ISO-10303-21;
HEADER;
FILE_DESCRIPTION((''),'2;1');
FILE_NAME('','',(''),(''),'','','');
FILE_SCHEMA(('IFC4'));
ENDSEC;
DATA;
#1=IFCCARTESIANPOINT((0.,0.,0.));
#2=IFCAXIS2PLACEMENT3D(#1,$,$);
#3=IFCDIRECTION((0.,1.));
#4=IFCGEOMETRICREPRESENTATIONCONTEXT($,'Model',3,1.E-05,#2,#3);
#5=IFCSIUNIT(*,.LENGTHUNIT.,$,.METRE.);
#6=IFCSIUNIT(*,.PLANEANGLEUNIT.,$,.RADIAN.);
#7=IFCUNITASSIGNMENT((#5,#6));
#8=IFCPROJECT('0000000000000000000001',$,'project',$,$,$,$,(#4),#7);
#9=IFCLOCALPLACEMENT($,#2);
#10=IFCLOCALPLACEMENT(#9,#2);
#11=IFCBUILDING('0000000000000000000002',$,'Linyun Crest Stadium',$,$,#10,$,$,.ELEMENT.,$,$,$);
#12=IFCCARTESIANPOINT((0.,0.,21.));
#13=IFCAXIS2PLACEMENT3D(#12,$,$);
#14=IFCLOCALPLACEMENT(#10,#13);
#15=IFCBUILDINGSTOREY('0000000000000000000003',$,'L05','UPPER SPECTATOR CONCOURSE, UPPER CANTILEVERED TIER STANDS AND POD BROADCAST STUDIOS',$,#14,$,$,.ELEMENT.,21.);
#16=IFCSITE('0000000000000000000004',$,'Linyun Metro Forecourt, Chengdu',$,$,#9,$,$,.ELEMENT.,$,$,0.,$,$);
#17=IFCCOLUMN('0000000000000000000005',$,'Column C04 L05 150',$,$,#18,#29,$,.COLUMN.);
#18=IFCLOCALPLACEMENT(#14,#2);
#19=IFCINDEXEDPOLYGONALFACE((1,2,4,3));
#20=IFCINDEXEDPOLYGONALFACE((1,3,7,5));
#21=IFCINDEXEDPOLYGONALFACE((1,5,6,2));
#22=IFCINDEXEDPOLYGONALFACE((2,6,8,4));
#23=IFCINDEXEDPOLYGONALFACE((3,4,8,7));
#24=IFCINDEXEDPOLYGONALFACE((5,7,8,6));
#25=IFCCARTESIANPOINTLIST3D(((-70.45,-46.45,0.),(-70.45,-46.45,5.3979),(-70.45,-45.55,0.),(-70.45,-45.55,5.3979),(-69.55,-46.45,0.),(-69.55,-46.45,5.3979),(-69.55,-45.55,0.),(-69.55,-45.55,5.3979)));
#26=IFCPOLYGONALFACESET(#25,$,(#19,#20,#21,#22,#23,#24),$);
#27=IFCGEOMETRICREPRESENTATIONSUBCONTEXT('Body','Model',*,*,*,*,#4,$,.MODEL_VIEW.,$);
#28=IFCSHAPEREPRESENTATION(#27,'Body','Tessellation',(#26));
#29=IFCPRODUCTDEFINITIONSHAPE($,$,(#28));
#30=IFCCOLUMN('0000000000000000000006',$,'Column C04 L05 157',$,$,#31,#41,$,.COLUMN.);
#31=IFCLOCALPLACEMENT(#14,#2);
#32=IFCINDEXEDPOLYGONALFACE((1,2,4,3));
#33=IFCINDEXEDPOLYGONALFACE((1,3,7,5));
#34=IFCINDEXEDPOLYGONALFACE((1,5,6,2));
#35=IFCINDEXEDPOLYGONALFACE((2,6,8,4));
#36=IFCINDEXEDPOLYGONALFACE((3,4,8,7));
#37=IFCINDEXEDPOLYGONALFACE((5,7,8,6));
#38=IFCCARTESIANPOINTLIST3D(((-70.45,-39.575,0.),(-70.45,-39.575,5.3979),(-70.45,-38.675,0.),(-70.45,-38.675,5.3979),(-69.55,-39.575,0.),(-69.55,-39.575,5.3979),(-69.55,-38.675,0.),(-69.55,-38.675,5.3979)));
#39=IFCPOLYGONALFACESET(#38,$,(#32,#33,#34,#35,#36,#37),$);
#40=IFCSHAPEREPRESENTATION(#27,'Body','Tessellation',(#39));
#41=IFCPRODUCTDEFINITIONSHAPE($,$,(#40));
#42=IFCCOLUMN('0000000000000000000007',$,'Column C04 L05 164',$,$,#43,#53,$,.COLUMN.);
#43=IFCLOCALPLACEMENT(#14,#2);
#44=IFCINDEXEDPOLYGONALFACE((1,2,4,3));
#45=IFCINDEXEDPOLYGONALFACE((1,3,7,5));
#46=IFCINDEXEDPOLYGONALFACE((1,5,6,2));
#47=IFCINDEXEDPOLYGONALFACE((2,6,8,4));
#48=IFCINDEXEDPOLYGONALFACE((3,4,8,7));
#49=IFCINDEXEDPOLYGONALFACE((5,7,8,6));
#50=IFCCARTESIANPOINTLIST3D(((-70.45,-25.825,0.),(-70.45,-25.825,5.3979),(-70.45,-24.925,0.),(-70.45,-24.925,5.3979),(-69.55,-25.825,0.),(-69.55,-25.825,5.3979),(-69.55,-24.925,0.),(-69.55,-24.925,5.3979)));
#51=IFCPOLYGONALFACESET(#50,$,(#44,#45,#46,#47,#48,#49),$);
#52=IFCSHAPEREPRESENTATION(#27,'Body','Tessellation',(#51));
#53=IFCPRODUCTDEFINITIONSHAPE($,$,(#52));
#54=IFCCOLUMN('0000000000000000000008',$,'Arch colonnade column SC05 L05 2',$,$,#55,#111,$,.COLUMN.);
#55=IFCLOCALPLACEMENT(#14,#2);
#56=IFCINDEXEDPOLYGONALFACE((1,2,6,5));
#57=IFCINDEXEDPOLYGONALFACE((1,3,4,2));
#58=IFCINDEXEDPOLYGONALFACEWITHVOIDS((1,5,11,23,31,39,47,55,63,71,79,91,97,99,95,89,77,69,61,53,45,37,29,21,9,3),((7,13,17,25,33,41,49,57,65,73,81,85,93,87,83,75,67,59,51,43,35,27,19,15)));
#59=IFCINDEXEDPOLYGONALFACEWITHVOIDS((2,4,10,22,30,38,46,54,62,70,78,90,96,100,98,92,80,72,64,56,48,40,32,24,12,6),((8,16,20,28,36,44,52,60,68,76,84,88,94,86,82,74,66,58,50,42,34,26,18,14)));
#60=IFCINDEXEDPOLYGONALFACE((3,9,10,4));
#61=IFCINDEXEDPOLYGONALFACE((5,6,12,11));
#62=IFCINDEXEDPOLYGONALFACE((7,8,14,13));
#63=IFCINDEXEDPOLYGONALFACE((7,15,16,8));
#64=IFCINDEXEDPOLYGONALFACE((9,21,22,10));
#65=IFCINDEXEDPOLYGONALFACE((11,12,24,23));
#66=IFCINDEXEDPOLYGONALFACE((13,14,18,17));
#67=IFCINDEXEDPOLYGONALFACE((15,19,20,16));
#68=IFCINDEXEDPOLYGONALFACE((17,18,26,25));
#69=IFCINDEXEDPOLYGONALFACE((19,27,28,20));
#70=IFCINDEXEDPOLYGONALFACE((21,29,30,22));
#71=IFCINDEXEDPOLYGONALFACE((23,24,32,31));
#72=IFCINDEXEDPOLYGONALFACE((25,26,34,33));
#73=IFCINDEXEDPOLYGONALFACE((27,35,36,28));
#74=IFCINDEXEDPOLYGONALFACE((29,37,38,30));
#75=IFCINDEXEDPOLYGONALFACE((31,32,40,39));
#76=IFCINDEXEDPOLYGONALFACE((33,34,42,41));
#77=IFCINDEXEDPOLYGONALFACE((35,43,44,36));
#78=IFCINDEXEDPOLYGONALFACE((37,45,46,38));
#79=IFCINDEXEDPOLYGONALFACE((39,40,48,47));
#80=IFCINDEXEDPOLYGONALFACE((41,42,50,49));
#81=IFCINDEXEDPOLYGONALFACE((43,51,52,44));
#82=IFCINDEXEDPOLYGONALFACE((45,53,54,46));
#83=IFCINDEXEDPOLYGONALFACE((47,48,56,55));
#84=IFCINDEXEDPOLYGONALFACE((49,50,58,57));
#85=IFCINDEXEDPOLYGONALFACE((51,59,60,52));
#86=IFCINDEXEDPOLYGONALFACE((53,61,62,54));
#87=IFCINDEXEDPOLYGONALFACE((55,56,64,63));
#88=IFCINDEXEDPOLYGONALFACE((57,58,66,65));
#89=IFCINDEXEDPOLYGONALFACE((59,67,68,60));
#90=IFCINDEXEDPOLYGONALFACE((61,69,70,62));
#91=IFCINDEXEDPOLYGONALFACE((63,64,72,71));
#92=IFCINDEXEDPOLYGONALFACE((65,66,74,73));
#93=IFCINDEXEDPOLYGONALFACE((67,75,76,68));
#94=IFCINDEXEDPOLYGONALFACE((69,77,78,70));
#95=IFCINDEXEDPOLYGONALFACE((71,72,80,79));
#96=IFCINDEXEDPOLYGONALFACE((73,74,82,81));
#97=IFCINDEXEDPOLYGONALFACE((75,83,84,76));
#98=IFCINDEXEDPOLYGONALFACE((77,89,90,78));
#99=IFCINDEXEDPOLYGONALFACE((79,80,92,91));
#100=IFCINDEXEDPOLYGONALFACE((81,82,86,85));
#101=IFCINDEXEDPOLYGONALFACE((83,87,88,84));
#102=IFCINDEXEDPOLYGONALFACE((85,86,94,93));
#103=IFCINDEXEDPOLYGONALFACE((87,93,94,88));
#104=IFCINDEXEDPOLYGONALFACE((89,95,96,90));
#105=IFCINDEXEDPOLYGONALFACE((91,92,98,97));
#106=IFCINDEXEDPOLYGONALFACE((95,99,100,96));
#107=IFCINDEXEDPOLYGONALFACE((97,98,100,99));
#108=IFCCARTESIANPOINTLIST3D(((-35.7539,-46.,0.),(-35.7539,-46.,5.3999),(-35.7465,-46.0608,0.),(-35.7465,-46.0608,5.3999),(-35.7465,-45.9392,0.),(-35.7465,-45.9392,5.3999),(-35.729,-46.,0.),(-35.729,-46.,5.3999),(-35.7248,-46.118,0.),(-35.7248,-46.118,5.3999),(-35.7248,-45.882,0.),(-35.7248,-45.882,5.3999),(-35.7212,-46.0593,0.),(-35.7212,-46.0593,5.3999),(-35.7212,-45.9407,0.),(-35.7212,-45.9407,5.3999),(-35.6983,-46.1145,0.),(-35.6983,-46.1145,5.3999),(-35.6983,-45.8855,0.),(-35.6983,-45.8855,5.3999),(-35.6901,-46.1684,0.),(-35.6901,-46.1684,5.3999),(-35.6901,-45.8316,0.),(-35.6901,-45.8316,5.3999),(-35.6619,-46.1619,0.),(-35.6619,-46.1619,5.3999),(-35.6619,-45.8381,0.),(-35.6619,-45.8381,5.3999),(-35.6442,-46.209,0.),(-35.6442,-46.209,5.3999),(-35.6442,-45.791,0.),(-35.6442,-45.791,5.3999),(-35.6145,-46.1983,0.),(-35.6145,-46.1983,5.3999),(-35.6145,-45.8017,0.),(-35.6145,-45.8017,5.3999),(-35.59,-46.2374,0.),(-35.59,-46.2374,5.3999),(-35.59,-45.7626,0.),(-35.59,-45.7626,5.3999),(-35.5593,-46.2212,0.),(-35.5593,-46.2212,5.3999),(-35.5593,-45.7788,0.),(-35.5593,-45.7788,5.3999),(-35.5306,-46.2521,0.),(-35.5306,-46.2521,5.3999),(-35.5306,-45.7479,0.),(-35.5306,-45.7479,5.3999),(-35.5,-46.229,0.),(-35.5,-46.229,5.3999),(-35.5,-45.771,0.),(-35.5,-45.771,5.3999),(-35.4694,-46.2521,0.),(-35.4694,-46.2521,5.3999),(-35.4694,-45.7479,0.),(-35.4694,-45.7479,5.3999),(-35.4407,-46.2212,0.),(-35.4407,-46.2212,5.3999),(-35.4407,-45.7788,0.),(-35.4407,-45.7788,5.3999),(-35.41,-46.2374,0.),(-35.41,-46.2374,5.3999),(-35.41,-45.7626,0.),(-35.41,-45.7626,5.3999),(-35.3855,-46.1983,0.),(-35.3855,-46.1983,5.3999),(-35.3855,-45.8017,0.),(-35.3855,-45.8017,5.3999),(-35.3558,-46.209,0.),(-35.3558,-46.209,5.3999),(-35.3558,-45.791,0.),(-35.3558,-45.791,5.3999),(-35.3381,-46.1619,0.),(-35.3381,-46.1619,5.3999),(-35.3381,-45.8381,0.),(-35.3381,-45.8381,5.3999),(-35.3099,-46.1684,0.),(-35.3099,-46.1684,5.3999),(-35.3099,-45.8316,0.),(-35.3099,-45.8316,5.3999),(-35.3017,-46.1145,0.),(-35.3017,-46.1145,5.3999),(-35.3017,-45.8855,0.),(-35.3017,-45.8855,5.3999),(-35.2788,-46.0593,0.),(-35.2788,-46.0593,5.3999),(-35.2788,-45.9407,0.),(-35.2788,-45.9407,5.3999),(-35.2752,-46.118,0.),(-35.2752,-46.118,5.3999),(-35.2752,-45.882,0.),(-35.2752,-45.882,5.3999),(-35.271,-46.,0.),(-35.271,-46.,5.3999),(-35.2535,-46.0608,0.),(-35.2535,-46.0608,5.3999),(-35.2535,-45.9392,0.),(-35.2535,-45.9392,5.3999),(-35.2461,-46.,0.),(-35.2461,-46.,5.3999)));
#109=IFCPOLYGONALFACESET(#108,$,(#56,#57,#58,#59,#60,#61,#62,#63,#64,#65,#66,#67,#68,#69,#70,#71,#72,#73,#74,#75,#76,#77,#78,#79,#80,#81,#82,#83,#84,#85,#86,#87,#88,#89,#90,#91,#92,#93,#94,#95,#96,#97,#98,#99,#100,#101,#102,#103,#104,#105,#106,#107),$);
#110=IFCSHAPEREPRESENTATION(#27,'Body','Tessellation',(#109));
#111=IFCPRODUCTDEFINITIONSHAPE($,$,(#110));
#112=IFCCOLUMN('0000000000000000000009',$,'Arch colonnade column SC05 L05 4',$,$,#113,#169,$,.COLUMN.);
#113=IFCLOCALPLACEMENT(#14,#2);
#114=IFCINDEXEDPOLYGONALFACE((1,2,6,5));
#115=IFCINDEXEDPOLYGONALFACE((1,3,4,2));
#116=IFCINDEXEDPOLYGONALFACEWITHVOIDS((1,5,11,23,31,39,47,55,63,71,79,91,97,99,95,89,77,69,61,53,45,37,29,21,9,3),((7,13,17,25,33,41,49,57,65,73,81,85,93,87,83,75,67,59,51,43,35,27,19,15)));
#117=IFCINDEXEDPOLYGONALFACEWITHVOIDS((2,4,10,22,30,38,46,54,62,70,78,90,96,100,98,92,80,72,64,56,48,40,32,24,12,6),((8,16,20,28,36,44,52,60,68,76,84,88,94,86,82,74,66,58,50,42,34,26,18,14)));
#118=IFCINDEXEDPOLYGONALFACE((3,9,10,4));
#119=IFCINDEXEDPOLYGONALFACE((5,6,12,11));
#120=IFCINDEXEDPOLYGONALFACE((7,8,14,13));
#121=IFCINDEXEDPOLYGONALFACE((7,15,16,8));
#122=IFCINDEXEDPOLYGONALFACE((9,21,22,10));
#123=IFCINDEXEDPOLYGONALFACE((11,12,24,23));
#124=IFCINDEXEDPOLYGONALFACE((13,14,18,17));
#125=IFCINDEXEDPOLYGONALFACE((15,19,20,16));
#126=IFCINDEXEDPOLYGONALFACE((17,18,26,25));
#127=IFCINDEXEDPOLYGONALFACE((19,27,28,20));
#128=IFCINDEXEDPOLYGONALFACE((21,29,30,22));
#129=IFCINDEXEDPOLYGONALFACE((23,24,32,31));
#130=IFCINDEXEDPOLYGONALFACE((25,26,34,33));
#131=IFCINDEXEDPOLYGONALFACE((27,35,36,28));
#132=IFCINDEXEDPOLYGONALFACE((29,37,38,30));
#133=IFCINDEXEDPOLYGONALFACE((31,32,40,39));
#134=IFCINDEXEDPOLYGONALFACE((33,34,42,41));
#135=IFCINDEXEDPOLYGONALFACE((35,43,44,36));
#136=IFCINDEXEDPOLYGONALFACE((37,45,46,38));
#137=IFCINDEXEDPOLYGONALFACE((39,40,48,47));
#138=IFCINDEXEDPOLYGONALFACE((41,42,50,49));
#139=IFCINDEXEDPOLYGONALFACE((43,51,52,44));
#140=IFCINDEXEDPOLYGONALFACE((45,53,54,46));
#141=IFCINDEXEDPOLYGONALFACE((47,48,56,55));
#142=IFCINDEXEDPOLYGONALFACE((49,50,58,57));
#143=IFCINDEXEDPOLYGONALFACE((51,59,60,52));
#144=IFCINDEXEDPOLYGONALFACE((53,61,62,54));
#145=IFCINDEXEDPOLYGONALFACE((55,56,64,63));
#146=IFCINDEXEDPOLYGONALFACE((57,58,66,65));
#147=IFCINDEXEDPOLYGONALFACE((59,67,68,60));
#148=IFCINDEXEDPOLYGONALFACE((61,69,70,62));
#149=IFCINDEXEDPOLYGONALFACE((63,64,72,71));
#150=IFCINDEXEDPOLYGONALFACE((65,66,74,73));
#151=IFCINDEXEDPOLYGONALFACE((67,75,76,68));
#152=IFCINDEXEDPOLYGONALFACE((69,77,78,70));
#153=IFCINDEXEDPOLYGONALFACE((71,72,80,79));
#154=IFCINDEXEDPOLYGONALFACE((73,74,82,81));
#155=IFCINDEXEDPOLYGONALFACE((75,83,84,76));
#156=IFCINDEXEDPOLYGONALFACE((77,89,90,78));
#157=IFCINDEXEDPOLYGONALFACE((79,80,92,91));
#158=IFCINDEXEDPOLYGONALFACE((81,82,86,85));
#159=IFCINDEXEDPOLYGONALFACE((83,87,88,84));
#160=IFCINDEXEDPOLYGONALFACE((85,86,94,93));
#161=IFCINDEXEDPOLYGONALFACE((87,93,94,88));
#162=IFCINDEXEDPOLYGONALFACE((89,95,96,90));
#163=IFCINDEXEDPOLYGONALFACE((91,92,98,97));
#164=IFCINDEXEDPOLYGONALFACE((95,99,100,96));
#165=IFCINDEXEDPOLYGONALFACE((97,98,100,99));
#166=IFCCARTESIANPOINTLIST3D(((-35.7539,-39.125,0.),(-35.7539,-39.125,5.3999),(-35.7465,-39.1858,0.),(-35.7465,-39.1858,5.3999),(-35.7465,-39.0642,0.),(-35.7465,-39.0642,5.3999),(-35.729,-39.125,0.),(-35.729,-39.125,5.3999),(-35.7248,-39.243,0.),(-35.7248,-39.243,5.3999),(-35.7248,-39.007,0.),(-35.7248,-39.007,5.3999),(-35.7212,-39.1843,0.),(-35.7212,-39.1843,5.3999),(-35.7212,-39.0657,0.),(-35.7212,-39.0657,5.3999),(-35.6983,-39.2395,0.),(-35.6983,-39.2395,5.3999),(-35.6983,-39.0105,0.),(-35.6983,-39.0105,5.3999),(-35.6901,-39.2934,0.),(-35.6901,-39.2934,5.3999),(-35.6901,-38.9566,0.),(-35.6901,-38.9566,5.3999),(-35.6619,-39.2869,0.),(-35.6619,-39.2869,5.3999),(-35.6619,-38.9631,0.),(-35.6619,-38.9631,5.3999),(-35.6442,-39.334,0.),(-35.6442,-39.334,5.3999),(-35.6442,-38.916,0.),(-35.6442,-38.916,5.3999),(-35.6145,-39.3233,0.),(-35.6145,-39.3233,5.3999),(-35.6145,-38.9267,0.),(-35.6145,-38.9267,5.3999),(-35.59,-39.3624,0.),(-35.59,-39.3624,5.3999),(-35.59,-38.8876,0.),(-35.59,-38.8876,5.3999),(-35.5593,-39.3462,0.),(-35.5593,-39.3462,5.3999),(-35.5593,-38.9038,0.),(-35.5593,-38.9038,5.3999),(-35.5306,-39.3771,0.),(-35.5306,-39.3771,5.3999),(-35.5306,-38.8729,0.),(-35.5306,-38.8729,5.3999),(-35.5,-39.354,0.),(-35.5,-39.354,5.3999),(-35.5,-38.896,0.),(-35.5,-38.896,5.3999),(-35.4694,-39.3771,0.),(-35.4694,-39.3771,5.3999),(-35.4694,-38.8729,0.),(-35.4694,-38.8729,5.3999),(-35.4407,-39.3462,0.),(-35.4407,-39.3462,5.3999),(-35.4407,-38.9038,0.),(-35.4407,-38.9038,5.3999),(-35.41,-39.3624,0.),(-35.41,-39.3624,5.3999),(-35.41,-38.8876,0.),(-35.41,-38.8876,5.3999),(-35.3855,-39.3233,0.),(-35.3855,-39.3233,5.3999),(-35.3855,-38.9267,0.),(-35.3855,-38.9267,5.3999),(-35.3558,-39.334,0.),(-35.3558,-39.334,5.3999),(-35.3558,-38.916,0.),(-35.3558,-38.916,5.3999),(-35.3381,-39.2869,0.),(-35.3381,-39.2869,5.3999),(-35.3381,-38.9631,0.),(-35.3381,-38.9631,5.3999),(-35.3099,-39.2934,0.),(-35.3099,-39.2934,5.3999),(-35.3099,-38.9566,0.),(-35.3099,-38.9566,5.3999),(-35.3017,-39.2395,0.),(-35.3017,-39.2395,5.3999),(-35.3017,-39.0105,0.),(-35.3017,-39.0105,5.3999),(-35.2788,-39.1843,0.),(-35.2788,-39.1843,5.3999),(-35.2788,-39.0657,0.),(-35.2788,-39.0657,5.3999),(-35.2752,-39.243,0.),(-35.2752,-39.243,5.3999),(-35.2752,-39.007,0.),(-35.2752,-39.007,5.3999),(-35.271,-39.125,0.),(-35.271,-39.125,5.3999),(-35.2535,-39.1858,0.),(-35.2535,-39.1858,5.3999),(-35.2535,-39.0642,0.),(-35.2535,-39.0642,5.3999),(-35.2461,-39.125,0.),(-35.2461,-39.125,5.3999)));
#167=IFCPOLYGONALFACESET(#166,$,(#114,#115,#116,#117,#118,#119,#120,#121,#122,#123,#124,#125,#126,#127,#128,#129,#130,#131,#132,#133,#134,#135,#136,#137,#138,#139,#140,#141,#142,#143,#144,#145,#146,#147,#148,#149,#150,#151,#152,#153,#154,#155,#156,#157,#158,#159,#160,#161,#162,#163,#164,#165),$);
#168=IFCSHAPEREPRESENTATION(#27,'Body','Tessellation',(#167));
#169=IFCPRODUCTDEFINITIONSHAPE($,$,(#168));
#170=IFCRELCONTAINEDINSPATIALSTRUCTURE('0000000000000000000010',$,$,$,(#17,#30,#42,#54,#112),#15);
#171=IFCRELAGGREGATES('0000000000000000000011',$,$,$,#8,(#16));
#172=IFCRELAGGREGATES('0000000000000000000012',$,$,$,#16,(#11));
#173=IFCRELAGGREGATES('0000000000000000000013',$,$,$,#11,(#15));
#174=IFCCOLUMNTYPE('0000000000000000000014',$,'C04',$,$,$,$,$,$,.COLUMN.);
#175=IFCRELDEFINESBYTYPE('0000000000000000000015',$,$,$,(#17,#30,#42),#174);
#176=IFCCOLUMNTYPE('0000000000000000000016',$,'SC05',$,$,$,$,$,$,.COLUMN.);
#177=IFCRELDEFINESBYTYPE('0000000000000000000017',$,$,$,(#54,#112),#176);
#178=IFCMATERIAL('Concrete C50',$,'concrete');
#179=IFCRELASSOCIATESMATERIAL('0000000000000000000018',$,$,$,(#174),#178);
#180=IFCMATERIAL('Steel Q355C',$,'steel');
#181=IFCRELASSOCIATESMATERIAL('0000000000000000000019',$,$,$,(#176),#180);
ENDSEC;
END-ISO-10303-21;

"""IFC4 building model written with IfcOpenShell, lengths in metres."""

from ifc_helpers import new_model, si_unit, direction, frame, origin, origin_2d, place, context, subcontext, project, spatial, rectangle, hollow_circle, extrude, material, material_profile, profile_set, type_object, element, save


model = new_model("IFC4")

# Units and contexts
model_context = context("Model", 3, precision=1e-05, world=origin(), true_north=direction((0.0, 1.0)))
body_context = subcontext(model_context, "Body", "Model", "MODEL_VIEW")
ifc_project = project(units=[si_unit("LENGTHUNIT", "METRE"), si_unit("PLANEANGLEUNIT", "RADIAN")], contexts=[model_context])

# Site, building, storey
site_placement = place(None, origin())
site = spatial("IfcSite", under=ifc_project, at=site_placement, Name="Linyun Metro Forecourt, Chengdu", CompositionType="ELEMENT", RefElevation=0.0)
building_placement = place(site_placement, origin())
building = spatial("IfcBuilding", under=site, at=building_placement, Name="Linyun Crest Stadium", CompositionType="ELEMENT")
storey_placement = place(building_placement, frame((0.0, 0.0, 21.0)))
storey = spatial("IfcBuildingStorey", under=building, at=storey_placement, Name="L05", Description="UPPER SPECTATOR CONCOURSE, UPPER CANTILEVERED TIER STANDS AND POD BROADCAST STUDIOS", CompositionType="ELEMENT", Elevation=21.0)

# Columns
ifc_material_1 = material(Name="Concrete C50", Category="concrete")
ifc_material_profile_1 = material_profile(ifc_material_1, rectangle(XDim=0.8999, YDim=0.8999, at=origin_2d()), Name="RC 900x900")
ifc_profile_set_1 = profile_set([ifc_material_profile_1], Name="Concrete C50")
column_type_1 = type_object("IfcColumnType", Name="C04", PredefinedType="COLUMN", material=ifc_profile_set_1)
for number, where, z_axis, x_axis, name in (
    (1, (-70.0, -46.0, 0.0), (0.0, 0.0, 1.0), (1.0, 0.0, 0.0), "Column C04 L05 150"),
    (2, (-70.0, -39.125, 0.0), (0.0, 0.0, 1.0), (1.0, 0.0, 0.0), "Column C04 L05 157"),
    (3, (-70.0, -25.375, 0.0), (0.0, 0.0, 1.0), (1.0, 0.0, 0.0), "Column C04 L05 164"),
):
    element("IfcColumn", number, at=place(storey_placement, frame(where, z_axis=z_axis, x_axis=x_axis)), inside=storey, type_object=column_type_1, Name=name, PredefinedType="COLUMN", context=body_context, shape_type="SweptSolid", body=[
        extrude(rectangle(XDim=0.8999, YDim=0.8999, at=origin_2d()), origin(), (0.0, 0.0, 1.0), 5.3979),
    ])
ifc_material_2 = material(Name="Steel Q355C", Category="steel")
ifc_material_profile_2 = material_profile(ifc_material_2, hollow_circle(Radius=0.2539, WallThickness=0.0249, at=origin_2d()), Name="CHS 508x25")
ifc_profile_set_2 = profile_set([ifc_material_profile_2], Name="Steel Q355C")
column_type_2 = type_object("IfcColumnType", Name="SC05", PredefinedType="COLUMN", material=ifc_profile_set_2)
for number, where, z_axis, x_axis, name in (
    (4, (-35.5, -46.0, 0.0), (0.0, 0.0, 1.0), (1.0, 0.0, 0.0), "Arch colonnade column SC05 L05 2"),
    (5, (-35.5, -39.125, 0.0), (0.0, 0.0, 1.0), (1.0, 0.0, 0.0), "Arch colonnade column SC05 L05 4"),
):
    element("IfcColumn", number, at=place(storey_placement, frame(where, z_axis=z_axis, x_axis=x_axis)), inside=storey, type_object=column_type_2, Name=name, PredefinedType="COLUMN", context=body_context, shape_type="SweptSolid", body=[
        extrude(hollow_circle(Radius=0.2539, WallThickness=0.0249, at=origin_2d()), origin(), (0.0, 0.0, 1.0), 5.3999),
    ])

save(model, "model.ifc")
